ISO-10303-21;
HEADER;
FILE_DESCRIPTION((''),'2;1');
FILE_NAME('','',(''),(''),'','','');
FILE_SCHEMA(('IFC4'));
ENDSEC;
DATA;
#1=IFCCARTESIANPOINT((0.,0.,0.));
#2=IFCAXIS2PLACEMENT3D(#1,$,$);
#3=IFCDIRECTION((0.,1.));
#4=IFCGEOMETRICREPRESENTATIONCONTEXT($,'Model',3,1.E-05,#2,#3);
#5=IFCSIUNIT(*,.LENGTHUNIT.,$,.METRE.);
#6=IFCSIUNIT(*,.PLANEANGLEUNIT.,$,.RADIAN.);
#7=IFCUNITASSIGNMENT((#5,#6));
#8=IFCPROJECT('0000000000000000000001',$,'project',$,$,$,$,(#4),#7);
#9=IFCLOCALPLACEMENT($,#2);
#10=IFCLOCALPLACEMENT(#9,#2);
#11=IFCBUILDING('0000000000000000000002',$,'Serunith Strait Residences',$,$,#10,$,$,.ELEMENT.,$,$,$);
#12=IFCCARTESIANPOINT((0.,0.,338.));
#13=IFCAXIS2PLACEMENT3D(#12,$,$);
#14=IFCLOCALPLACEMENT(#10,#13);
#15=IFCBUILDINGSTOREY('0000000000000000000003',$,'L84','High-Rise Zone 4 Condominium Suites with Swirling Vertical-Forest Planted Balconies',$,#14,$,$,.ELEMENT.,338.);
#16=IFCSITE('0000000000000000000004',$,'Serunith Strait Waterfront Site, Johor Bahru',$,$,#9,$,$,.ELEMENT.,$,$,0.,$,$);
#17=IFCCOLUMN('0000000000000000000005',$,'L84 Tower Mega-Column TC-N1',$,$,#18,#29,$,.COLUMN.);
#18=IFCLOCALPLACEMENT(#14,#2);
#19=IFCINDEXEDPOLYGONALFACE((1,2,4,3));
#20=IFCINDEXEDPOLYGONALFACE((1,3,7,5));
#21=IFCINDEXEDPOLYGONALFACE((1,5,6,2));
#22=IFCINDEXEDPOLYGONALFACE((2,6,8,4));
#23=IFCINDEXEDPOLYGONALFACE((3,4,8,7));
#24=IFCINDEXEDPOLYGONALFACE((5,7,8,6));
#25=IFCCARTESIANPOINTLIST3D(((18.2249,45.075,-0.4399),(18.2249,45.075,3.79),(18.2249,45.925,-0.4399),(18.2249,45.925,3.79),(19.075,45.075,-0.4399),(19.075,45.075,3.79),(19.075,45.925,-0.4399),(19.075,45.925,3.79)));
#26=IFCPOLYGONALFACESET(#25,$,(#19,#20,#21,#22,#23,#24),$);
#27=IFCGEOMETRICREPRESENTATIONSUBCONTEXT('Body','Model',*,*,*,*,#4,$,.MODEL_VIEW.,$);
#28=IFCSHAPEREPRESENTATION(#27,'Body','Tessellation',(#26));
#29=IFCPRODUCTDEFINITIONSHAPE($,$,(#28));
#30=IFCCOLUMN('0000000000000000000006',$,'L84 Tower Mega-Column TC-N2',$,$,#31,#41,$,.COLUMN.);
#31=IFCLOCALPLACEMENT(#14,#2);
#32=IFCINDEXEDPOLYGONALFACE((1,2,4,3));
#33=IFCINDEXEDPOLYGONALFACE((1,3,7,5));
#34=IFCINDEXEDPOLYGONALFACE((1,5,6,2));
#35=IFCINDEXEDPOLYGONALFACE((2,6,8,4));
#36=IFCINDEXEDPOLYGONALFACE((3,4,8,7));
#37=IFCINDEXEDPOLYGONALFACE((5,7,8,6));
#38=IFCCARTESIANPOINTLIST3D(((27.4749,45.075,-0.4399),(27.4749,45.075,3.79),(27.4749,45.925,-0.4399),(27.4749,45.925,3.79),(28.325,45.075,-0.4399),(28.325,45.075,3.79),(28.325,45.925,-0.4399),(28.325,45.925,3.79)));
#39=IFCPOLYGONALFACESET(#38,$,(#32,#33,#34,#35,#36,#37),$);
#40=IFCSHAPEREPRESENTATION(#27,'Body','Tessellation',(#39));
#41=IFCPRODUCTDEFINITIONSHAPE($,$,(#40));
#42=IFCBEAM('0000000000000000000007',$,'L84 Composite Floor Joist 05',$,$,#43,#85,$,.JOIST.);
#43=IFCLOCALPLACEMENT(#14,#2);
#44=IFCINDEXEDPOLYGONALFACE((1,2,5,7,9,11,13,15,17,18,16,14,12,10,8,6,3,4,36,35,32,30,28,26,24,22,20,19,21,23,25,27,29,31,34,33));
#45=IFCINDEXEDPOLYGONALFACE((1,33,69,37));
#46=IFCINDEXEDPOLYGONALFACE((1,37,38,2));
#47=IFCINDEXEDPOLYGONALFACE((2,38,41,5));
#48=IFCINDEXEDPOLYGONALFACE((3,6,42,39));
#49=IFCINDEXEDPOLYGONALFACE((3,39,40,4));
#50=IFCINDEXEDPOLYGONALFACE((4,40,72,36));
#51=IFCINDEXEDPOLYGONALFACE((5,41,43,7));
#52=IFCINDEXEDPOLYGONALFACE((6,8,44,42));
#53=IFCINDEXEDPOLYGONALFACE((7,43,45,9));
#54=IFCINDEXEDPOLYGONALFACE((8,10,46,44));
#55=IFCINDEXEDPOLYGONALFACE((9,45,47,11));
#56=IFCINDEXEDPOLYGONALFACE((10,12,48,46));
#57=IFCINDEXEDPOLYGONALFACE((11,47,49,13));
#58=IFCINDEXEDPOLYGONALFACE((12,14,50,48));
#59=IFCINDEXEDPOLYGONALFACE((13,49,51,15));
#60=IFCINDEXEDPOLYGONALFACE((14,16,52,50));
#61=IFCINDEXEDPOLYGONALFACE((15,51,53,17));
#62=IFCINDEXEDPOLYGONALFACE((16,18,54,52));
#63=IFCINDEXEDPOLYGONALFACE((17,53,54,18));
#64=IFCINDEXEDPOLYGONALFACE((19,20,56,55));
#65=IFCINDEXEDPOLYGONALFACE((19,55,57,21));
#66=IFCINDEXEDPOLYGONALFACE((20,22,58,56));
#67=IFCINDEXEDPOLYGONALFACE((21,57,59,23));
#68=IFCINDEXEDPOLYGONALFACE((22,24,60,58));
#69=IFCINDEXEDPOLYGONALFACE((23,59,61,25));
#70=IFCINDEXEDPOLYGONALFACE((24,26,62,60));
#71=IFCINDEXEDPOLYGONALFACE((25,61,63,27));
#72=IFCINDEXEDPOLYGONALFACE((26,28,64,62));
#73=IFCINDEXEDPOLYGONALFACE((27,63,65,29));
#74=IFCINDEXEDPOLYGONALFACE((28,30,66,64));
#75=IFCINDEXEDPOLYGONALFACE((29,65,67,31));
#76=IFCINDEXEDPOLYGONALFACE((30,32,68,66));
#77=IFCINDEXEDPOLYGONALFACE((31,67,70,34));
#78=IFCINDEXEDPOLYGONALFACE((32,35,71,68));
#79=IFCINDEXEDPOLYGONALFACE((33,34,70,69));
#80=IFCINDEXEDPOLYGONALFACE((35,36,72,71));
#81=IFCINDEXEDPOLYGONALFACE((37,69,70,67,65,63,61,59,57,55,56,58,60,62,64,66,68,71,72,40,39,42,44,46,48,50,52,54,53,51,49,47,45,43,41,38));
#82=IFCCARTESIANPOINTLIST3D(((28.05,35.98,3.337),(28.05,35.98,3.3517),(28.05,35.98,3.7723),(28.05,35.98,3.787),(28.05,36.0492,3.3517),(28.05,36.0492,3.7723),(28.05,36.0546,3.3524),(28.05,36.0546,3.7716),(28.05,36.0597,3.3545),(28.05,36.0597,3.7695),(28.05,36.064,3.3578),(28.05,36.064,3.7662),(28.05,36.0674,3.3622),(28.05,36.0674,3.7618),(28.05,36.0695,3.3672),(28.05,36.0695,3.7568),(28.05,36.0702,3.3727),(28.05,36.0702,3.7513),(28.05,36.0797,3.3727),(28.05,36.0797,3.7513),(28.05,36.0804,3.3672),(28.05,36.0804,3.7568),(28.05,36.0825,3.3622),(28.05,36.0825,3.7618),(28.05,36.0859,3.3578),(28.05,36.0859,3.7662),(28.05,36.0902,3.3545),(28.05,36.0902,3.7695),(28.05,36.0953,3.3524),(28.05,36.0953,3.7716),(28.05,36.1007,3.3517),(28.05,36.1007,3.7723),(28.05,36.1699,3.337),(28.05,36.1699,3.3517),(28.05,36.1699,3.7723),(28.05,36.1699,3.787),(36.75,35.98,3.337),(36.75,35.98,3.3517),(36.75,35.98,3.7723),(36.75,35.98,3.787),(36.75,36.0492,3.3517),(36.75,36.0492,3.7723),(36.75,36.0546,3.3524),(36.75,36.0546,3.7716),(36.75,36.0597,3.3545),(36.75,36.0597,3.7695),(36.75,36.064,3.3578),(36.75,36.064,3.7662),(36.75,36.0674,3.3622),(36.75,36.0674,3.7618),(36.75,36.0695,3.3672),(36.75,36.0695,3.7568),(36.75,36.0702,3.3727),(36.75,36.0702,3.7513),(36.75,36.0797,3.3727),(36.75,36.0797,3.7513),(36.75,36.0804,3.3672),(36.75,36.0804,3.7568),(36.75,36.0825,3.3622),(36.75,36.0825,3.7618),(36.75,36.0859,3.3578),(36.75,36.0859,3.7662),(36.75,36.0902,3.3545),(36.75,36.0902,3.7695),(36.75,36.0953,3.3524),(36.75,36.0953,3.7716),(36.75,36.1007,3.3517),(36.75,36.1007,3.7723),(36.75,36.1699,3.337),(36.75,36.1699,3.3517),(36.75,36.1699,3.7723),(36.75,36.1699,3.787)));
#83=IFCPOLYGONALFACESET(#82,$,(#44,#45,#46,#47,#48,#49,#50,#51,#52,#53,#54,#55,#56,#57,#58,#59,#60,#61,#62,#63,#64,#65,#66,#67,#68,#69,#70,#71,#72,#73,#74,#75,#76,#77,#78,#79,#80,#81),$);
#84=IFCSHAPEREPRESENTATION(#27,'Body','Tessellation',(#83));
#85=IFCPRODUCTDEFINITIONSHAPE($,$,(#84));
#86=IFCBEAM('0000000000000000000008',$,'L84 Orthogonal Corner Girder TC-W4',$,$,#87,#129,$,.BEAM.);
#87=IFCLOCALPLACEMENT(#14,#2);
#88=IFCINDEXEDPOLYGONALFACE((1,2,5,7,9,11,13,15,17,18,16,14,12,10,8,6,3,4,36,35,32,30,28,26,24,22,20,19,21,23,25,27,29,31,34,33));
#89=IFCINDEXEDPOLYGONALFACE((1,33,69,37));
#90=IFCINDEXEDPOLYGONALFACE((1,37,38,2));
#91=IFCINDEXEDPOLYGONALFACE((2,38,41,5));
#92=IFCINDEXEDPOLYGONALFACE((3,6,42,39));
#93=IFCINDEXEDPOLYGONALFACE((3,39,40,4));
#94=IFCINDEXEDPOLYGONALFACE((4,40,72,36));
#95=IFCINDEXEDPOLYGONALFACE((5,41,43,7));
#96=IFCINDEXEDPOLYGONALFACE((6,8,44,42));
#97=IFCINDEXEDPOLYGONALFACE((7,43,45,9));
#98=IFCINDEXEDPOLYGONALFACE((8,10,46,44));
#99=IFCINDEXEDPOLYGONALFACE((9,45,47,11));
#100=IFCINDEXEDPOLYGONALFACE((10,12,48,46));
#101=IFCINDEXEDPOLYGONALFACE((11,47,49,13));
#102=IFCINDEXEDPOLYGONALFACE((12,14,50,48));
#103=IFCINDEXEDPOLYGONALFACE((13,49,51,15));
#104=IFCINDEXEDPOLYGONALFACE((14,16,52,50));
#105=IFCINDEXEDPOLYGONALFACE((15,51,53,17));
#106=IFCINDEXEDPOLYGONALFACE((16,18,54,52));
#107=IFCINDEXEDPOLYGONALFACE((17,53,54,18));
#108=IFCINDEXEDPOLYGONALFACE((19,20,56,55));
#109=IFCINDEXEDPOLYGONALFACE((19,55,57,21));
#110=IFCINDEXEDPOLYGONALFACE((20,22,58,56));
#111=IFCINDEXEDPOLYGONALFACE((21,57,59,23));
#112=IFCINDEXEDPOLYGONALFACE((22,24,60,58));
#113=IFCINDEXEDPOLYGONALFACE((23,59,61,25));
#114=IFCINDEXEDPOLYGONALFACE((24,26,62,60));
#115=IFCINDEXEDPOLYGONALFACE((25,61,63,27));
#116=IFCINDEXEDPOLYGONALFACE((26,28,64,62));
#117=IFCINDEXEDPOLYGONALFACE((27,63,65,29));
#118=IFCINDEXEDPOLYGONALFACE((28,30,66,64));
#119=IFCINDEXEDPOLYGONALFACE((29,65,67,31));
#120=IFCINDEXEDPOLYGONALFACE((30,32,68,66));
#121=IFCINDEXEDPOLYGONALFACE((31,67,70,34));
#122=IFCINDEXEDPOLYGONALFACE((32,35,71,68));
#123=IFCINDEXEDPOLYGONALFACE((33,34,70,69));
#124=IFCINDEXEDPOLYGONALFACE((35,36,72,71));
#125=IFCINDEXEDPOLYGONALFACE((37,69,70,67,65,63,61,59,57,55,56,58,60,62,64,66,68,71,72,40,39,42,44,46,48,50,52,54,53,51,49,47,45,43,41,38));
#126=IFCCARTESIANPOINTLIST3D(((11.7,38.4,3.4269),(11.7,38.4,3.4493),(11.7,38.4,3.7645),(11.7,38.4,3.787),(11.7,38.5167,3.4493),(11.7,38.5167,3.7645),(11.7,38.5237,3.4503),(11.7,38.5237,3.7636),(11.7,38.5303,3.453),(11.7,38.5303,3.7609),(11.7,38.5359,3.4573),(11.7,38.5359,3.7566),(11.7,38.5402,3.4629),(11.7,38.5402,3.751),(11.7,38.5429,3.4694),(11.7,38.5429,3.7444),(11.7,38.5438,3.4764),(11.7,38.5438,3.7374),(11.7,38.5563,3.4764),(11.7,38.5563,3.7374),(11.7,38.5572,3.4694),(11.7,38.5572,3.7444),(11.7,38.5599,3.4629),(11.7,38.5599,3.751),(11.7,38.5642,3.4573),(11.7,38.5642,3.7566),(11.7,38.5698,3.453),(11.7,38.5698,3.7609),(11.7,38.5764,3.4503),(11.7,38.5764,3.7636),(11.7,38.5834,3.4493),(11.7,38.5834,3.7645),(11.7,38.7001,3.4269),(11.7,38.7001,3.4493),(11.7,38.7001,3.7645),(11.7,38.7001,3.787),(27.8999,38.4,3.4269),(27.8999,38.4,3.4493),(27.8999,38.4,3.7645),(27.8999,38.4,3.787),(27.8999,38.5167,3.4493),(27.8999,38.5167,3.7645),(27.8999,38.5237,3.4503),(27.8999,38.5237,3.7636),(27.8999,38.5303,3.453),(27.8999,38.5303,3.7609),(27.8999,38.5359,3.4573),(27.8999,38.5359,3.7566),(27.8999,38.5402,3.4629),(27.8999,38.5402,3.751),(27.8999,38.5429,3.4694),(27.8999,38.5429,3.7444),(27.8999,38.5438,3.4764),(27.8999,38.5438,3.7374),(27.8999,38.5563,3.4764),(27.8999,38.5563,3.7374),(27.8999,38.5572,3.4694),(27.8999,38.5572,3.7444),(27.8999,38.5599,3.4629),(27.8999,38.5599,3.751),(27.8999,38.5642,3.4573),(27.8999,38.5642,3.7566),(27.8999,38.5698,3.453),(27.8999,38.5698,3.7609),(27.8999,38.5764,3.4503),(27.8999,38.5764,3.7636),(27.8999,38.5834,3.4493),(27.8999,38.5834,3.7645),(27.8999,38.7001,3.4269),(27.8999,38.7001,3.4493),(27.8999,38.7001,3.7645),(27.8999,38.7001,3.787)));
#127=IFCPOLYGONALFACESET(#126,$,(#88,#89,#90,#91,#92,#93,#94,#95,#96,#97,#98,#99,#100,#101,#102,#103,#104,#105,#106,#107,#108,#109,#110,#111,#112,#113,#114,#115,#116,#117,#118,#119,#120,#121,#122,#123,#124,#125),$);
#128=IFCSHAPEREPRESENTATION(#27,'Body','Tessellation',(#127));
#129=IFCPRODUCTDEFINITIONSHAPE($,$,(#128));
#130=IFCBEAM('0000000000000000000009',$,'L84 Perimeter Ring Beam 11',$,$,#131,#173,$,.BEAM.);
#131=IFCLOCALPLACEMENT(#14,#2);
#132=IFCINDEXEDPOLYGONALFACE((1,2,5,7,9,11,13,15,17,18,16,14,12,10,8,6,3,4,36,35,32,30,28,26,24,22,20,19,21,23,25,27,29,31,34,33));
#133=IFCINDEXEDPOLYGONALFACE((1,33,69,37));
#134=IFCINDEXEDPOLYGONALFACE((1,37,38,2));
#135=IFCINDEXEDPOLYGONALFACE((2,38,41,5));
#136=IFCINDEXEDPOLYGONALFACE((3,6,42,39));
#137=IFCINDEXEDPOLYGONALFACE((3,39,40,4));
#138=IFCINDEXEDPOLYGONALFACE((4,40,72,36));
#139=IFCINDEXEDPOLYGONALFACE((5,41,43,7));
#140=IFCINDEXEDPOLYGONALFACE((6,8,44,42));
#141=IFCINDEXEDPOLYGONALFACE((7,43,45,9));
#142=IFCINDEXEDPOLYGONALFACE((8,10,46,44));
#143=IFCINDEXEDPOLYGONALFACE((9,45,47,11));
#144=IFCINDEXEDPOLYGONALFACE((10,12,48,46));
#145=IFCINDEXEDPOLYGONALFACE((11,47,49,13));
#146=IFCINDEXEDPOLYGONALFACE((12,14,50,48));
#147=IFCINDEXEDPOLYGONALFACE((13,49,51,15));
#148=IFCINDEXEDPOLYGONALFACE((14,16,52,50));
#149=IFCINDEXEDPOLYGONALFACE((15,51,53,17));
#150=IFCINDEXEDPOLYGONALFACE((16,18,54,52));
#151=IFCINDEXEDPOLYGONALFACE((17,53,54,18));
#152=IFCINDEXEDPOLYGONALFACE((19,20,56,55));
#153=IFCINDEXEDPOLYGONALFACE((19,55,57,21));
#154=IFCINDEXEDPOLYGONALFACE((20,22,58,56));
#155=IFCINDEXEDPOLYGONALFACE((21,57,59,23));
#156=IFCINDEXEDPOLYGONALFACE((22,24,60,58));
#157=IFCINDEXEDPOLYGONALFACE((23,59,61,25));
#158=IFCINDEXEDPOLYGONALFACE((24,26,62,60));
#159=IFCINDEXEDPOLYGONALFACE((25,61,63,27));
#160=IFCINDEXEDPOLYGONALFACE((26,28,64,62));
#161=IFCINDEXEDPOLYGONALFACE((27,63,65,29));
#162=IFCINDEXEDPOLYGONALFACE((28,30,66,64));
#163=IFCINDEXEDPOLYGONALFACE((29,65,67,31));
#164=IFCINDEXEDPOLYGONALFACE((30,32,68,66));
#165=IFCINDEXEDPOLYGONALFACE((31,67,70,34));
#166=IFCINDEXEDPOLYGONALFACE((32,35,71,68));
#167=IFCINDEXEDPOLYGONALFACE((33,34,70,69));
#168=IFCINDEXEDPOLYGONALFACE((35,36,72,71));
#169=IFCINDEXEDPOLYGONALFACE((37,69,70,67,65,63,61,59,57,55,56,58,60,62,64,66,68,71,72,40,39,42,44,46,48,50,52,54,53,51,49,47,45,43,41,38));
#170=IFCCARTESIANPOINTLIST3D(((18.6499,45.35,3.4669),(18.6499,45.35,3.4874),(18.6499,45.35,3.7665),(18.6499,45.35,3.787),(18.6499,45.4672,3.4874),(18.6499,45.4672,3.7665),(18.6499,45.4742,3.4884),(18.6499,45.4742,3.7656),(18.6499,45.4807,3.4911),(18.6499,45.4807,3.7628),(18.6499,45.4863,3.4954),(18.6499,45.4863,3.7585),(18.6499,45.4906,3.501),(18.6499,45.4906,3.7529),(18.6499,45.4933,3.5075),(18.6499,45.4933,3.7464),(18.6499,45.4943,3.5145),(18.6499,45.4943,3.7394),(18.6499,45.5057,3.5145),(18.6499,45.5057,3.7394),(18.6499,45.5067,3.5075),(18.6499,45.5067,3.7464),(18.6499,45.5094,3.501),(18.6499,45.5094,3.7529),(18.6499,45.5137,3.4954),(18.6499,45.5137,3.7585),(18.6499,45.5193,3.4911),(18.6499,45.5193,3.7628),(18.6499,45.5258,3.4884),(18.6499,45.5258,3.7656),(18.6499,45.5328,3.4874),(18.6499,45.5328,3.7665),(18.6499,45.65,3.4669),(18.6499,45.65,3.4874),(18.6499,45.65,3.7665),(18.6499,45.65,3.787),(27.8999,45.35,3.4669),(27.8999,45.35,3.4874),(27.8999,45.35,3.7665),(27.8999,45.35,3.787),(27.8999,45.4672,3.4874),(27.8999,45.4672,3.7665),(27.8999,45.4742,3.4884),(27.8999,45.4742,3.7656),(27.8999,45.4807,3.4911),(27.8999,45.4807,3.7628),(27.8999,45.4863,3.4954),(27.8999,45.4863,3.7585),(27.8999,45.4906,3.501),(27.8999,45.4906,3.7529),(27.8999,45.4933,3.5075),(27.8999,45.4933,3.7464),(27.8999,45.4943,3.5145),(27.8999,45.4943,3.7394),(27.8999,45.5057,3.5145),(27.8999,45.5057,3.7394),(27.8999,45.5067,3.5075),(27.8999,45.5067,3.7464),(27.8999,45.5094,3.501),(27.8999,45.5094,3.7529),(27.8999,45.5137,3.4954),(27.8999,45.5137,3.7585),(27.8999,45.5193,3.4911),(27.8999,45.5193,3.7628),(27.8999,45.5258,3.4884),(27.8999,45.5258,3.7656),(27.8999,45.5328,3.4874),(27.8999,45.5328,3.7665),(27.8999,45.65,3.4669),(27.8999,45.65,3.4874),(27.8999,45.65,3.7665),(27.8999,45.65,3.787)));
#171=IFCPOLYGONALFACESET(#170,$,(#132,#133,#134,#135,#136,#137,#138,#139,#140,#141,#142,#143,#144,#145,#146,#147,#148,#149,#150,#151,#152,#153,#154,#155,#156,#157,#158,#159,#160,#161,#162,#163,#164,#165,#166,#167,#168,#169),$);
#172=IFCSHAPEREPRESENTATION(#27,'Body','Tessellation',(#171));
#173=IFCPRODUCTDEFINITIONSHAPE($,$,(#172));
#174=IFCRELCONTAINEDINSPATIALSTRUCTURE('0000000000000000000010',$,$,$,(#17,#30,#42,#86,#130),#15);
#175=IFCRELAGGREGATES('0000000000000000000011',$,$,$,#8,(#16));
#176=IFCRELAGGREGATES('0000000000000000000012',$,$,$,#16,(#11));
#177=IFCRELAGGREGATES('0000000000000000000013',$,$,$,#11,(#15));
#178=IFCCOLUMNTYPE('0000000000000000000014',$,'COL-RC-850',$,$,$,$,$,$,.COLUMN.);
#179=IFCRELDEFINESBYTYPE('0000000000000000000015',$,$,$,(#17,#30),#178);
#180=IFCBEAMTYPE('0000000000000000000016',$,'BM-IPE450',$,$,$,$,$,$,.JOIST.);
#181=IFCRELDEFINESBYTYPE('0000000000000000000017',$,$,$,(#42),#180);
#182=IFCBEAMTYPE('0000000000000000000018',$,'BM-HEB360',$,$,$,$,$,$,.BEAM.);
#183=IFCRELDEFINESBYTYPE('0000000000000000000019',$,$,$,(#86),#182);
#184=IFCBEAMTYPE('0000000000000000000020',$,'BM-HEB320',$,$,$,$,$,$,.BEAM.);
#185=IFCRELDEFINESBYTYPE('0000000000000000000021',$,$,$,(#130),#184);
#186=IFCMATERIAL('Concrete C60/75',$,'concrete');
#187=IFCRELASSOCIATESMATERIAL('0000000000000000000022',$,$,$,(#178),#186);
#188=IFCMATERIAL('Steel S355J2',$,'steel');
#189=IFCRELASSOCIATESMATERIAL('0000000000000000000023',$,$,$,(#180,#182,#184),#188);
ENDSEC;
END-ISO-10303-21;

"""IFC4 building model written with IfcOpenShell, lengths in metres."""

from ifc_helpers import new_model, si_unit, direction, frame, origin, origin_2d, place, context, subcontext, project, spatial, rectangle, i_section, extrude, source, transform, mapped, material, material_profile, profile_set, type_object, element, save


model = new_model("IFC4")

# Units and contexts
model_context = context("Model", 3, precision=1e-05, world=origin(), true_north=direction((0.0, 1.0)))
body_context = subcontext(model_context, "Body", "Model", "MODEL_VIEW")
ifc_project = project(units=[si_unit("LENGTHUNIT", "METRE"), si_unit("PLANEANGLEUNIT", "RADIAN")], contexts=[model_context])

# Site, building, storey
site_placement = place(None, origin())
site = spatial("IfcSite", under=ifc_project, at=site_placement, Name="Serunith Strait Waterfront Site, Johor Bahru", CompositionType="ELEMENT", RefElevation=0.0)
building_placement = place(site_placement, origin())
building = spatial("IfcBuilding", under=site, at=building_placement, Name="Serunith Strait Residences", CompositionType="ELEMENT")
storey_placement = place(building_placement, frame((0.0, 0.0, 338.0)))
storey = spatial("IfcBuildingStorey", under=building, at=storey_placement, Name="L84", Description="High-Rise Zone 4 Condominium Suites with Swirling Vertical-Forest Planted Balconies", CompositionType="ELEMENT", Elevation=338.0)

# Columns
ifc_material_1 = material(Name="Concrete C60/75", Category="concrete")
ifc_material_profile_1 = material_profile(ifc_material_1, rectangle(XDim=0.8501, YDim=0.8501, at=origin_2d()), Name="RC 850x850")
ifc_profile_set_1 = profile_set([ifc_material_profile_1], Name="Concrete C60/75")
column_type = type_object("IfcColumnType", Name="COL-RC-850", PredefinedType="COLUMN", material=ifc_profile_set_1)
shared_shape_1 = source(origin(), body_context, "Body", "SweptSolid", [
    extrude(rectangle(XDim=0.8501, YDim=0.8501, at=origin_2d()), origin(), (0.0, 0.0, 1.0), 4.23),
])
for number, where, z_axis, x_axis, name in (
    (1, (18.6499, 45.5, -0.4399), (0.0, 0.0, 1.0), (1.0, 0.0, 0.0), "L84 Tower Mega-Column TC-N1"),
    (2, (27.8999, 45.5, -0.4399), (0.0, 0.0, 1.0), (1.0, 0.0, 0.0), "L84 Tower Mega-Column TC-N2"),
):
    element("IfcColumn", number, at=place(storey_placement, frame(where, z_axis=z_axis, x_axis=x_axis)), inside=storey, type_object=column_type, Name=name, PredefinedType="COLUMN", context=body_context, shape_type="MappedRepresentation", body=[
        mapped(shared_shape_1, transform((0.0, 0.0, 0.0), scale=1.0)),
    ])

# Beams
ifc_material_2 = material(Name="Steel S355J2", Category="steel")
ifc_material_profile_2 = material_profile(ifc_material_2, i_section(OverallWidth=0.1899, OverallDepth=0.45, WebThickness=0.0095, FlangeThickness=0.0146, FilletRadius=0.021, at=origin_2d()), Name="IPE 450")
ifc_profile_set_2 = profile_set([ifc_material_profile_2], Name="Steel S355J2")
beam_type_1 = type_object("IfcBeamType", Name="BM-IPE450", PredefinedType="JOIST", material=ifc_profile_set_2)
shared_shape_2 = source(origin(), body_context, "Body", "SweptSolid", [
    extrude(i_section(OverallWidth=0.1899, OverallDepth=0.45, WebThickness=0.0095, FlangeThickness=0.0146, FilletRadius=0.021, at=origin_2d()), origin(), (0.0, 0.0, 1.0), 8.7),
])
beam_1_placement = place(storey_placement, frame((28.05, 36.075, 3.562), z_axis=(1.0, 0.0, 0.0), x_axis=(0.0, 1.0, 0.0)))
element("IfcBeam", 3, at=beam_1_placement, inside=storey, type_object=beam_type_1, Name="L84 Composite Floor Joist 05", PredefinedType="JOIST", context=body_context, shape_type="MappedRepresentation", body=[
    mapped(shared_shape_2, transform((0.0, 0.0, 0.0), scale=1.0)),
])
ifc_material_profile_3 = material_profile(ifc_material_2, i_section(OverallWidth=0.3, OverallDepth=0.3601, WebThickness=0.0125, FlangeThickness=0.0225, FilletRadius=0.0271, at=origin_2d()), Name="HEB 360")
ifc_profile_set_3 = profile_set([ifc_material_profile_3], Name="Steel S355J2")
beam_type_2 = type_object("IfcBeamType", Name="BM-HEB360", PredefinedType="BEAM", material=ifc_profile_set_3)
shared_shape_3 = source(origin(), body_context, "Body", "SweptSolid", [
    extrude(i_section(OverallWidth=0.3, OverallDepth=0.3601, WebThickness=0.0125, FlangeThickness=0.0225, FilletRadius=0.0271, at=origin_2d()), origin(), (0.0, 0.0, 1.0), 16.2),
])
beam_2_placement = place(storey_placement, frame((27.8999, 38.55, 3.6069), z_axis=(-1.0, 0.0, 0.0), x_axis=(0.0, -1.0, 0.0)))
element("IfcBeam", 4, at=beam_2_placement, inside=storey, type_object=beam_type_2, Name="L84 Orthogonal Corner Girder TC-W4", PredefinedType="BEAM", context=body_context, shape_type="MappedRepresentation", body=[
    mapped(shared_shape_3, transform((0.0, 0.0, 0.0), scale=1.0)),
])
ifc_material_profile_4 = material_profile(ifc_material_2, i_section(OverallWidth=0.3, OverallDepth=0.3201, WebThickness=0.0115, FlangeThickness=0.0205, FilletRadius=0.0271, at=origin_2d()), Name="HEB 320")
ifc_profile_set_4 = profile_set([ifc_material_profile_4], Name="Steel S355J2")
beam_type_3 = type_object("IfcBeamType", Name="BM-HEB320", PredefinedType="BEAM", material=ifc_profile_set_4)
shared_shape_4 = source(origin(), body_context, "Body", "SweptSolid", [
    extrude(i_section(OverallWidth=0.3, OverallDepth=0.3201, WebThickness=0.0115, FlangeThickness=0.0205, FilletRadius=0.0271, at=origin_2d()), origin(), (0.0, 0.0, 1.0), 9.25),
])
beam_3_placement = place(storey_placement, frame((27.8999, 45.5, 3.627), z_axis=(-1.0, 0.0, 0.0), x_axis=(0.0, -1.0, 0.0)))
element("IfcBeam", 5, at=beam_3_placement, inside=storey, type_object=beam_type_3, Name="L84 Perimeter Ring Beam 11", PredefinedType="BEAM", context=body_context, shape_type="MappedRepresentation", body=[
    mapped(shared_shape_4, transform((0.0, 0.0, 0.0), scale=1.0)),
])

save(model, "model.ifc")
